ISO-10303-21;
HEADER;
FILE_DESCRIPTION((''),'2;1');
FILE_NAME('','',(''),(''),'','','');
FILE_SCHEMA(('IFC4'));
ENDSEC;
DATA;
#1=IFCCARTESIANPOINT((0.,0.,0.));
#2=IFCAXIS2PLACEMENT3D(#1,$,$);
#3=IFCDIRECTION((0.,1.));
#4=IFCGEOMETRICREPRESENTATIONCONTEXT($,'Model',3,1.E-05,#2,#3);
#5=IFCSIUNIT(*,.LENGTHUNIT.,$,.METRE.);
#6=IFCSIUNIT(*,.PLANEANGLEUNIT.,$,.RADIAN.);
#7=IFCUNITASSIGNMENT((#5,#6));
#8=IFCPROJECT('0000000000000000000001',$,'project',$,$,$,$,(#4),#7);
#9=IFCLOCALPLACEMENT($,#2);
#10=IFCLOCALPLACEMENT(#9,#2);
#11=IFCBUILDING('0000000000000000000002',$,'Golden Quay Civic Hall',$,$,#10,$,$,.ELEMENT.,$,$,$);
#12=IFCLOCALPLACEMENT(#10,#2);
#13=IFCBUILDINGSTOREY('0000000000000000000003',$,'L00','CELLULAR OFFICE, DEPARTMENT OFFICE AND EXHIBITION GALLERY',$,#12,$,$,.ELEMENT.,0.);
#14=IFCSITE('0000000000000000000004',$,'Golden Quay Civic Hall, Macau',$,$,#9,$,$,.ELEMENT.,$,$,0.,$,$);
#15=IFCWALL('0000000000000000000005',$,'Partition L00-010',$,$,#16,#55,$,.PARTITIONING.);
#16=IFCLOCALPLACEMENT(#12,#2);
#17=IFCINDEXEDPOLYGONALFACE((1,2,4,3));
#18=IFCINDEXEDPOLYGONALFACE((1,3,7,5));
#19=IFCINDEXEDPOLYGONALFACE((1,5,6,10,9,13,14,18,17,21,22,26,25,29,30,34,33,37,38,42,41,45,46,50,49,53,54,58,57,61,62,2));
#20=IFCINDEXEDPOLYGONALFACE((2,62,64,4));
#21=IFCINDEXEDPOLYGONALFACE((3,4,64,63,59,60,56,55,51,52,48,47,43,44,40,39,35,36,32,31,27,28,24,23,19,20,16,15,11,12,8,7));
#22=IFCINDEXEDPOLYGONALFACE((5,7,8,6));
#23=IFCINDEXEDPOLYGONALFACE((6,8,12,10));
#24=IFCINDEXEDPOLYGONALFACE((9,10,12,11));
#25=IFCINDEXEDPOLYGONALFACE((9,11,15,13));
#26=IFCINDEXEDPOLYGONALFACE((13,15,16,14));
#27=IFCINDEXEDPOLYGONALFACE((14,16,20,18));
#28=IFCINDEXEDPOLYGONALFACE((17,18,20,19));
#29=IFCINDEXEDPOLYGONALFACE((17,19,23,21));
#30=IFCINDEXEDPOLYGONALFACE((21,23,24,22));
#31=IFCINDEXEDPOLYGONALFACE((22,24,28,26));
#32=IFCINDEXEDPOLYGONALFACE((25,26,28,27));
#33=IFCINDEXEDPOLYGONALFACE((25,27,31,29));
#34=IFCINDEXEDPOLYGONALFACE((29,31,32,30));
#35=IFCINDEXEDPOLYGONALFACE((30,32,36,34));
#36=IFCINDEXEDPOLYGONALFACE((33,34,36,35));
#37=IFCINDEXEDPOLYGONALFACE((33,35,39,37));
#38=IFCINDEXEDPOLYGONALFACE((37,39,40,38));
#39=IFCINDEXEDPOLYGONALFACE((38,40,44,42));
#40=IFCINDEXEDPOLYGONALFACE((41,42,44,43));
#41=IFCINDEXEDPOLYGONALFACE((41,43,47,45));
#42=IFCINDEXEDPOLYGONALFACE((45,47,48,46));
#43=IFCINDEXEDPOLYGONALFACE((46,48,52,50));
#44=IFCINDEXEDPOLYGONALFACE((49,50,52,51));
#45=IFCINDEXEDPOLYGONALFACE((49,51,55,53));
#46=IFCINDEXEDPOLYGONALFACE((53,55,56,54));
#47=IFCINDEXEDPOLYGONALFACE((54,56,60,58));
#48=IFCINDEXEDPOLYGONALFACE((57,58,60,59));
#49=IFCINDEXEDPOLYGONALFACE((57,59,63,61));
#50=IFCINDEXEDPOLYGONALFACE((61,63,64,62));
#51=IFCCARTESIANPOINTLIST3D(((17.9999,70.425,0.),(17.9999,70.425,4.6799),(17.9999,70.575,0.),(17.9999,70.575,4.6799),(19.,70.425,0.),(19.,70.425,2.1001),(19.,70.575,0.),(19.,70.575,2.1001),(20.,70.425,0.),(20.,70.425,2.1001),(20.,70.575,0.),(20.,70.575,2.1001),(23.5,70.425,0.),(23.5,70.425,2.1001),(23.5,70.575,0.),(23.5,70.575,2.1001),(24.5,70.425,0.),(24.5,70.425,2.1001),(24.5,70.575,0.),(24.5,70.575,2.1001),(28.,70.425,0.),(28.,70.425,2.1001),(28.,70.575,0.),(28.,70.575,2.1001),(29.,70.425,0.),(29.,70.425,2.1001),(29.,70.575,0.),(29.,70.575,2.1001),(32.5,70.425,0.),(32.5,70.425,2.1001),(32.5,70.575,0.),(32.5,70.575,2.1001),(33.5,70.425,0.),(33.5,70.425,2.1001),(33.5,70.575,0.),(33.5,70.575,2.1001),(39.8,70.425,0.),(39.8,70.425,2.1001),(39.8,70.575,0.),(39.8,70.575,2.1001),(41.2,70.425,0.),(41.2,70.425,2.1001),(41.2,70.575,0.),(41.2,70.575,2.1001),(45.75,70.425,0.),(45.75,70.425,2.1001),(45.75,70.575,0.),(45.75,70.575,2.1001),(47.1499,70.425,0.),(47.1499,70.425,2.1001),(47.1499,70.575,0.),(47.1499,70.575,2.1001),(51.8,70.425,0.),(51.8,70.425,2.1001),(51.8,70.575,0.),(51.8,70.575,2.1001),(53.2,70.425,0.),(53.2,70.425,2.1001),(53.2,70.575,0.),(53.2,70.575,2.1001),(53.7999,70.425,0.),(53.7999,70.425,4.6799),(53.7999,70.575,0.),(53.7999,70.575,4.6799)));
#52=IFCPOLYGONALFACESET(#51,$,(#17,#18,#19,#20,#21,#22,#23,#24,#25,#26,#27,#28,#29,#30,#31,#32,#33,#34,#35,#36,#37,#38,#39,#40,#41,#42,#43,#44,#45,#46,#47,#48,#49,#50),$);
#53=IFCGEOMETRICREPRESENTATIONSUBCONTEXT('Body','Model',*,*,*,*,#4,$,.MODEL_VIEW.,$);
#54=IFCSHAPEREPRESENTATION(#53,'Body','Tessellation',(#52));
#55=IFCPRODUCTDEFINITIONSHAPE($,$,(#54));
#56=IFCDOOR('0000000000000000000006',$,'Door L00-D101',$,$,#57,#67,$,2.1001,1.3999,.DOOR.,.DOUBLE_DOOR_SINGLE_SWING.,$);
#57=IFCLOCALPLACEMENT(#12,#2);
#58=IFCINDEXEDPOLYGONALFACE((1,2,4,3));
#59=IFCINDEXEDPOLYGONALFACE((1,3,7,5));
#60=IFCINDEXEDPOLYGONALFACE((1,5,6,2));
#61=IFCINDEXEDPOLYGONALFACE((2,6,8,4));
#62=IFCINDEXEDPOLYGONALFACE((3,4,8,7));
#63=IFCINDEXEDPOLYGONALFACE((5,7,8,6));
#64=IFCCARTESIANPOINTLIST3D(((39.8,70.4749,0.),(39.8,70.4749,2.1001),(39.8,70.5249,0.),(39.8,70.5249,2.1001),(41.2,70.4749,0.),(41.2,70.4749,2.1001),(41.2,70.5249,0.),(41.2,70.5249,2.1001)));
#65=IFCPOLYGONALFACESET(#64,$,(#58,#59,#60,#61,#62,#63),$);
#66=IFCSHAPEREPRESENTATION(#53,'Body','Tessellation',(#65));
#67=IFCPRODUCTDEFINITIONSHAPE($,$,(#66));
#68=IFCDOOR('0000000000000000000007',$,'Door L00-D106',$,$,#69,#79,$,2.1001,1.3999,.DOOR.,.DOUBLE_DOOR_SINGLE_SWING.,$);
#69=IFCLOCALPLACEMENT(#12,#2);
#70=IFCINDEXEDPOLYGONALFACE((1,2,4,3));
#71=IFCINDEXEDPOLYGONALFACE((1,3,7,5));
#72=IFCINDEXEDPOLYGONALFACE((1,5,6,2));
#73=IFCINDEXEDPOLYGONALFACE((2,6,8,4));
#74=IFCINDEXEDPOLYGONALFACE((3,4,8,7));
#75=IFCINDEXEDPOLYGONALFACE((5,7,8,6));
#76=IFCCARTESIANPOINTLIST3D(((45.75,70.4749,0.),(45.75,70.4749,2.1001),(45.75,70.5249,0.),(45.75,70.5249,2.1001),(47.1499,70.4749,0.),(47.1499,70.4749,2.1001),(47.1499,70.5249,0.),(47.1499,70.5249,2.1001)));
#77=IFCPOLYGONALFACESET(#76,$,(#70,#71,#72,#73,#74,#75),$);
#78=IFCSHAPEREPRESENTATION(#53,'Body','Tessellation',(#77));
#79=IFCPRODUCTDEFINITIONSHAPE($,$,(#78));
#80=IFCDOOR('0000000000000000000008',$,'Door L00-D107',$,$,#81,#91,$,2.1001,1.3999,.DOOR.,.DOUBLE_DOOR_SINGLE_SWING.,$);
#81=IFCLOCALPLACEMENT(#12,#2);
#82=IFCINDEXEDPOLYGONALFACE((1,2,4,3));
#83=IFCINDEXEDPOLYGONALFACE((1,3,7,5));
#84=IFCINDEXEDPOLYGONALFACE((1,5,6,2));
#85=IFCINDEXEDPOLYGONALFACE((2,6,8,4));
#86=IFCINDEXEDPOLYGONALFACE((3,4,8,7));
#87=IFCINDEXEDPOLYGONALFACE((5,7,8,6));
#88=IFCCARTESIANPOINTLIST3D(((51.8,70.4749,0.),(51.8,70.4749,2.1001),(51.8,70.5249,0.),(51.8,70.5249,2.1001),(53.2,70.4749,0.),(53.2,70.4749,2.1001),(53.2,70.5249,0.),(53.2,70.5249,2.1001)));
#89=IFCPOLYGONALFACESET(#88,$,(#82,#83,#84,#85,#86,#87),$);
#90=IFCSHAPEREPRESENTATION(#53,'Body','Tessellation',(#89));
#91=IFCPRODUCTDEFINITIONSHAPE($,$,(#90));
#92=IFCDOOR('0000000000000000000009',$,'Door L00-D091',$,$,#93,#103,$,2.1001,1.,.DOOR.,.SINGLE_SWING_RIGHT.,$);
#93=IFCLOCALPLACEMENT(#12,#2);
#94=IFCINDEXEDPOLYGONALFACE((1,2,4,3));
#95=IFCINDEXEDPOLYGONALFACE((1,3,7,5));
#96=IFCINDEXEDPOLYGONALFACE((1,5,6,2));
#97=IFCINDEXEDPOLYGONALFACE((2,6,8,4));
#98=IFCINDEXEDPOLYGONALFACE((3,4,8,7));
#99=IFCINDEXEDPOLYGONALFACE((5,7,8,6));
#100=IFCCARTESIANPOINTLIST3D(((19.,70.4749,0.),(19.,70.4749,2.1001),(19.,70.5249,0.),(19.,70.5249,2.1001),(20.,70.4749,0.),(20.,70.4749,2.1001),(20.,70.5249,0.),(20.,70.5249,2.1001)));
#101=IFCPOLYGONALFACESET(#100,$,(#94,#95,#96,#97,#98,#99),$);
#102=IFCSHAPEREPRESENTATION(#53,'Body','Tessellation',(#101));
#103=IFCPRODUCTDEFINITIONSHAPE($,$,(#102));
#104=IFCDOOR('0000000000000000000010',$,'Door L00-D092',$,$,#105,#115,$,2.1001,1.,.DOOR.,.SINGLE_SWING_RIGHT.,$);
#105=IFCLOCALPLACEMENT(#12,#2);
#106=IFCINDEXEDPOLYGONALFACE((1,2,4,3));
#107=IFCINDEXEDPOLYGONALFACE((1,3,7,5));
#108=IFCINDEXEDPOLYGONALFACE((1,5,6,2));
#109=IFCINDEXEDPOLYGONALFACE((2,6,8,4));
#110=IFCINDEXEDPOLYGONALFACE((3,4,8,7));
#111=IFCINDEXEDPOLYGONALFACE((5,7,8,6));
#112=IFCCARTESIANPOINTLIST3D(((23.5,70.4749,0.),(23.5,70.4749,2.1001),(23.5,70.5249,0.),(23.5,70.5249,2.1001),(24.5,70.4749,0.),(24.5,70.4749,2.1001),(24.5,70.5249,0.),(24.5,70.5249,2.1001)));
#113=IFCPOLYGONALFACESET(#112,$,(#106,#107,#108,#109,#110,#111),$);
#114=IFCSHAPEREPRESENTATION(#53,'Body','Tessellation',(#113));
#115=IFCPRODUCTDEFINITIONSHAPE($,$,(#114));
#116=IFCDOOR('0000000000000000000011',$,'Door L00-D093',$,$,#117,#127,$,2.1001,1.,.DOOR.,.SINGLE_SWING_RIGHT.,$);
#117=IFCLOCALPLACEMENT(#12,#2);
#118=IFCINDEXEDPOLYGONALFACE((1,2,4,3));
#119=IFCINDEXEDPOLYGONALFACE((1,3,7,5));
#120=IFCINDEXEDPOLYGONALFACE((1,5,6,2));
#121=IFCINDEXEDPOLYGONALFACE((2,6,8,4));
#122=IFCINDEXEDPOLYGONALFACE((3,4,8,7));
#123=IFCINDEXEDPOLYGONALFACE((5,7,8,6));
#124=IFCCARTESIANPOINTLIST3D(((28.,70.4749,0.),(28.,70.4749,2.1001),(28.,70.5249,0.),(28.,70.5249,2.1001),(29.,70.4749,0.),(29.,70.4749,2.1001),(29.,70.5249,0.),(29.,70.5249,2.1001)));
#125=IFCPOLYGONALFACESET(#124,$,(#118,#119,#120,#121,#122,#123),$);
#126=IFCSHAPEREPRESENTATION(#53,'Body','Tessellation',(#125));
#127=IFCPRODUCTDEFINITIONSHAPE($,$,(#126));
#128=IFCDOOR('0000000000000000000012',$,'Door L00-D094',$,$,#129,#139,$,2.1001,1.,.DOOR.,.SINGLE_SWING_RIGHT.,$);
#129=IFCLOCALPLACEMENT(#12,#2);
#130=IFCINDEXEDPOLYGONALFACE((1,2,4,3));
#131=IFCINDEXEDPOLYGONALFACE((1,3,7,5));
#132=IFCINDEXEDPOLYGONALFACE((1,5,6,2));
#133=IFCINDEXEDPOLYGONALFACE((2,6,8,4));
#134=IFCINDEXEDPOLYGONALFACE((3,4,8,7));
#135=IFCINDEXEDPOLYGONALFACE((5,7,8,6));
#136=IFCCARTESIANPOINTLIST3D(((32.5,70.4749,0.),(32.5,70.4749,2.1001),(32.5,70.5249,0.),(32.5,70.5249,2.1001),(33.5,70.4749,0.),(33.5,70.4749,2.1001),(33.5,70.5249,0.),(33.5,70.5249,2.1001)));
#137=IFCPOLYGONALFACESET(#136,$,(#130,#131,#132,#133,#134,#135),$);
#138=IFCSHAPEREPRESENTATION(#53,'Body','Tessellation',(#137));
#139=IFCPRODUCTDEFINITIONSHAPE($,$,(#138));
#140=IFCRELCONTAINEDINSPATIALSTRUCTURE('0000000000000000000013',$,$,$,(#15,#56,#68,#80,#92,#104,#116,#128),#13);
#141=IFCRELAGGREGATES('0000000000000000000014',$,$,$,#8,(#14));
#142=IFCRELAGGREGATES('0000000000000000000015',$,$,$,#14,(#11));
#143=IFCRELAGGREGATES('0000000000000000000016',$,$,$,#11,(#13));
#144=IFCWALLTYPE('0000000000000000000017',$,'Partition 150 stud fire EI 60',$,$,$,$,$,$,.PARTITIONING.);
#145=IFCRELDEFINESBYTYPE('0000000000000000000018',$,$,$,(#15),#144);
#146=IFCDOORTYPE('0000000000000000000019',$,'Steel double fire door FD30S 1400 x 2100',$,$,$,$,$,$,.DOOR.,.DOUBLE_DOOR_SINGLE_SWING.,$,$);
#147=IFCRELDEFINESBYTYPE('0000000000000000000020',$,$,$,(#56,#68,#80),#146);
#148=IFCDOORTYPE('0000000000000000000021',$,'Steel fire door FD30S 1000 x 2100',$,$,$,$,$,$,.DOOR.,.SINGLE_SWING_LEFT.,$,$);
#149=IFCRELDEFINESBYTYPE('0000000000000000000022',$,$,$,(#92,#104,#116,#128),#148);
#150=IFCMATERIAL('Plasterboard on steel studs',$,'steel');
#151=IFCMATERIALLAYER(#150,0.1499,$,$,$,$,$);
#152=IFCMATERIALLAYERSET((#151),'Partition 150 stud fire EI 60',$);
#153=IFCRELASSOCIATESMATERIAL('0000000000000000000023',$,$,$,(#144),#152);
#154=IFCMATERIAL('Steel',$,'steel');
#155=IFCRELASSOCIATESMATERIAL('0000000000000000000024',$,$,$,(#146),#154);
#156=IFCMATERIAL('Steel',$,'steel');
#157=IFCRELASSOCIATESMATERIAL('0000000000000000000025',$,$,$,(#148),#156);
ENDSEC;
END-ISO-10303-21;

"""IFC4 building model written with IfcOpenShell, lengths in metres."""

from ifc_helpers import new_model, si_unit, direction, frame, frame_2d, origin, place, context, subcontext, project, spatial, rectangle, extrude, material, layer, layer_set, type_object, element, fill, save


model = new_model("IFC4")

# Units and contexts
model_context = context("Model", 3, precision=1e-05, world=origin(), true_north=direction((0.0, 1.0)))
body_context = subcontext(model_context, "Body", "Model", "MODEL_VIEW")
ifc_project = project(units=[si_unit("LENGTHUNIT", "METRE"), si_unit("PLANEANGLEUNIT", "RADIAN")], contexts=[model_context])

# Site, building, storey
site_placement = place(None, origin())
site = spatial("IfcSite", under=ifc_project, at=site_placement, Name="Golden Quay Civic Hall, Macau", CompositionType="ELEMENT", RefElevation=0.0)
building_placement = place(site_placement, origin())
building = spatial("IfcBuilding", under=site, at=building_placement, Name="Golden Quay Civic Hall", CompositionType="ELEMENT")
storey_placement = place(building_placement, origin())
storey = spatial("IfcBuildingStorey", under=building, at=storey_placement, Name="L00", Description="CELLULAR OFFICE, DEPARTMENT OFFICE AND EXHIBITION GALLERY", CompositionType="ELEMENT", Elevation=0.0)

# Wall, openings, doors
ifc_material_1 = material(Name="Plasterboard on steel studs", Category="steel")
ifc_layer = layer(ifc_material_1, 0.1499)
ifc_layer_set = layer_set([ifc_layer], Name="Partition 150 stud fire EI 60")
wall_type = type_object("IfcWallType", Name="Partition 150 stud fire EI 60", PredefinedType="PARTITIONING", material=ifc_layer_set)
wall_1_placement = place(storey_placement, frame((18.0, 70.5, 0.0), z_axis=(0.0, 0.0, 1.0), x_axis=(1.0, 0.0, 0.0)))
wall_1 = element("IfcWall", 1, at=wall_1_placement, inside=storey, type_object=wall_type, Name="Partition L00-010", PredefinedType="PARTITIONING", context=body_context, shape_type="SweptSolid", body=[
    extrude(rectangle(XDim=35.8, YDim=0.1499, at=frame_2d((17.8999, 0.0))), origin(), (0.0, 0.0, 1.0), 4.6799),
])
opening_1_placement = place(wall_1_placement, frame((1.0, 0.0, 0.0)))
opening_1 = element("IfcOpeningElement", 2, at=opening_1_placement, cuts=wall_1, PredefinedType="OPENING", context=body_context, shape_type="SweptSolid", body=[
    extrude(rectangle(XDim=1.0, YDim=2.1001, at=frame_2d((0.5, 1.05))), frame((0.0, 0.085, 0.0), z_axis=(0.0, -1.0, 0.0), x_axis=(1.0, 0.0, 0.0)), (0.0, 0.0, 1.0), 0.1699),
])
opening_2_placement = place(wall_1_placement, frame((5.5, 0.0, 0.0)))
opening_2 = element("IfcOpeningElement", 3, at=opening_2_placement, cuts=wall_1, PredefinedType="OPENING", context=body_context, shape_type="SweptSolid", body=[
    extrude(rectangle(XDim=1.0, YDim=2.1001, at=frame_2d((0.5, 1.05))), frame((0.0, 0.085, 0.0), z_axis=(0.0, -1.0, 0.0), x_axis=(1.0, 0.0, 0.0)), (0.0, 0.0, 1.0), 0.1699),
])
opening_3_placement = place(wall_1_placement, frame((10.0, 0.0, 0.0)))
opening_3 = element("IfcOpeningElement", 4, at=opening_3_placement, cuts=wall_1, PredefinedType="OPENING", context=body_context, shape_type="SweptSolid", body=[
    extrude(rectangle(XDim=1.0, YDim=2.1001, at=frame_2d((0.5, 1.05))), frame((0.0, 0.085, 0.0), z_axis=(0.0, -1.0, 0.0), x_axis=(1.0, 0.0, 0.0)), (0.0, 0.0, 1.0), 0.1699),
])
opening_4_placement = place(wall_1_placement, frame((14.5, 0.0, 0.0)))
opening_4 = element("IfcOpeningElement", 5, at=opening_4_placement, cuts=wall_1, PredefinedType="OPENING", context=body_context, shape_type="SweptSolid", body=[
    extrude(rectangle(XDim=1.0, YDim=2.1001, at=frame_2d((0.5, 1.05))), frame((0.0, 0.085, 0.0), z_axis=(0.0, -1.0, 0.0), x_axis=(1.0, 0.0, 0.0)), (0.0, 0.0, 1.0), 0.1699),
])
opening_5_placement = place(wall_1_placement, frame((21.8, 0.0, 0.0)))
opening_5 = element("IfcOpeningElement", 6, at=opening_5_placement, cuts=wall_1, PredefinedType="OPENING", context=body_context, shape_type="SweptSolid", body=[
    extrude(rectangle(XDim=1.3999, YDim=2.1001, at=frame_2d((0.7, 1.05))), frame((0.0, 0.085, 0.0), z_axis=(0.0, -1.0, 0.0), x_axis=(1.0, 0.0, 0.0)), (0.0, 0.0, 1.0), 0.1699),
])
opening_6_placement = place(wall_1_placement, frame((27.75, 0.0, 0.0)))
opening_6 = element("IfcOpeningElement", 7, at=opening_6_placement, cuts=wall_1, PredefinedType="OPENING", context=body_context, shape_type="SweptSolid", body=[
    extrude(rectangle(XDim=1.3999, YDim=2.1001, at=frame_2d((0.7, 1.05))), frame((0.0, 0.085, 0.0), z_axis=(0.0, -1.0, 0.0), x_axis=(1.0, 0.0, 0.0)), (0.0, 0.0, 1.0), 0.1699),
])
opening_7_placement = place(wall_1_placement, frame((33.8, 0.0, 0.0)))
opening_7 = element("IfcOpeningElement", 8, at=opening_7_placement, cuts=wall_1, PredefinedType="OPENING", context=body_context, shape_type="SweptSolid", body=[
    extrude(rectangle(XDim=1.3999, YDim=2.1001, at=frame_2d((0.7, 1.05))), frame((0.0, 0.085, 0.0), z_axis=(0.0, -1.0, 0.0), x_axis=(1.0, 0.0, 0.0)), (0.0, 0.0, 1.0), 0.1699),
])
ifc_material_2 = material(Name="Steel", Category="steel")
door_type_1 = type_object("IfcDoorType", Name="Steel double fire door FD30S 1400 x 2100", OperationType="DOUBLE_DOOR_SINGLE_SWING", PredefinedType="DOOR", material=ifc_material_2)
door_1_placement = place(opening_5_placement, frame((1.3999, 0.0, 0.0), z_axis=(0.0, 0.0, 1.0), x_axis=(-1.0, 0.0, 0.0)))
door_1 = element("IfcDoor", 9, at=door_1_placement, inside=storey, type_object=door_type_1, Name="Door L00-D101", OperationType="DOUBLE_DOOR_SINGLE_SWING", OverallHeight=2.1001, OverallWidth=1.3999, PredefinedType="DOOR", context=body_context, shape_type="SweptSolid", body=[
    extrude(rectangle(XDim=1.3999, YDim=2.1001, at=frame_2d((0.7, 1.05))), frame((0.0, 0.0251, 0.0), z_axis=(0.0, -1.0, 0.0), x_axis=(1.0, 0.0, 0.0)), (0.0, 0.0, 1.0), 0.05),
])
fill(opening_5, door_1)
door_2_placement = place(opening_6_placement, origin())
door_2 = element("IfcDoor", 10, at=door_2_placement, inside=storey, type_object=door_type_1, Name="Door L00-D106", OperationType="DOUBLE_DOOR_SINGLE_SWING", OverallHeight=2.1001, OverallWidth=1.3999, PredefinedType="DOOR", context=body_context, shape_type="SweptSolid", body=[
    extrude(rectangle(XDim=1.3999, YDim=2.1001, at=frame_2d((0.7, 1.05))), frame((0.0, 0.0249, 0.0), z_axis=(0.0, -1.0, 0.0), x_axis=(1.0, 0.0, 0.0)), (0.0, 0.0, 1.0), 0.05),
])
fill(opening_6, door_2)
door_3_placement = place(opening_7_placement, origin())
door_3 = element("IfcDoor", 11, at=door_3_placement, inside=storey, type_object=door_type_1, Name="Door L00-D107", OperationType="DOUBLE_DOOR_SINGLE_SWING", OverallHeight=2.1001, OverallWidth=1.3999, PredefinedType="DOOR", context=body_context, shape_type="SweptSolid", body=[
    extrude(rectangle(XDim=1.3999, YDim=2.1001, at=frame_2d((0.7, 1.05))), frame((0.0, 0.0249, 0.0), z_axis=(0.0, -1.0, 0.0), x_axis=(1.0, 0.0, 0.0)), (0.0, 0.0, 1.0), 0.05),
])
fill(opening_7, door_3)
ifc_material_3 = material(Name="Steel", Category="steel")
door_type_2 = type_object("IfcDoorType", Name="Steel fire door FD30S 1000 x 2100", OperationType="SINGLE_SWING_LEFT", PredefinedType="DOOR", material=ifc_material_3)
door_4_placement = place(opening_1_placement, frame((1.0, 0.0, 0.0), z_axis=(0.0, 0.0, 1.0), x_axis=(-1.0, 0.0, 0.0)))
door_4 = element("IfcDoor", 12, at=door_4_placement, inside=storey, type_object=door_type_2, Name="Door L00-D091", OperationType="SINGLE_SWING_RIGHT", OverallHeight=2.1001, OverallWidth=1.0, PredefinedType="DOOR", context=body_context, shape_type="SweptSolid", body=[
    extrude(rectangle(XDim=1.0, YDim=2.1001, at=frame_2d((0.5, 1.05))), frame((0.0, 0.0251, 0.0), z_axis=(0.0, -1.0, 0.0), x_axis=(1.0, 0.0, 0.0)), (0.0, 0.0, 1.0), 0.05),
])
fill(opening_1, door_4)
door_5_placement = place(opening_2_placement, frame((1.0, 0.0, 0.0), z_axis=(0.0, 0.0, 1.0), x_axis=(-1.0, 0.0, 0.0)))
door_5 = element("IfcDoor", 13, at=door_5_placement, inside=storey, type_object=door_type_2, Name="Door L00-D092", OperationType="SINGLE_SWING_RIGHT", OverallHeight=2.1001, OverallWidth=1.0, PredefinedType="DOOR", context=body_context, shape_type="SweptSolid", body=[
    extrude(rectangle(XDim=1.0, YDim=2.1001, at=frame_2d((0.5, 1.05))), frame((0.0, 0.0251, 0.0), z_axis=(0.0, -1.0, 0.0), x_axis=(1.0, 0.0, 0.0)), (0.0, 0.0, 1.0), 0.05),
])
fill(opening_2, door_5)
door_6_placement = place(opening_3_placement, frame((1.0, 0.0, 0.0), z_axis=(0.0, 0.0, 1.0), x_axis=(-1.0, 0.0, 0.0)))
door_6 = element("IfcDoor", 14, at=door_6_placement, inside=storey, type_object=door_type_2, Name="Door L00-D093", OperationType="SINGLE_SWING_RIGHT", OverallHeight=2.1001, OverallWidth=1.0, PredefinedType="DOOR", context=body_context, shape_type="SweptSolid", body=[
    extrude(rectangle(XDim=1.0, YDim=2.1001, at=frame_2d((0.5, 1.05))), frame((0.0, 0.0251, 0.0), z_axis=(0.0, -1.0, 0.0), x_axis=(1.0, 0.0, 0.0)), (0.0, 0.0, 1.0), 0.05),
])
fill(opening_3, door_6)
door_7_placement = place(opening_4_placement, frame((1.0, 0.0, 0.0), z_axis=(0.0, 0.0, 1.0), x_axis=(-1.0, 0.0, 0.0)))
door_7 = element("IfcDoor", 15, at=door_7_placement, inside=storey, type_object=door_type_2, Name="Door L00-D094", OperationType="SINGLE_SWING_RIGHT", OverallHeight=2.1001, OverallWidth=1.0, PredefinedType="DOOR", context=body_context, shape_type="SweptSolid", body=[
    extrude(rectangle(XDim=1.0, YDim=2.1001, at=frame_2d((0.5, 1.05))), frame((0.0, 0.0251, 0.0), z_axis=(0.0, -1.0, 0.0), x_axis=(1.0, 0.0, 0.0)), (0.0, 0.0, 1.0), 0.05),
])
fill(opening_4, door_7)

save(model, "model.ifc")
